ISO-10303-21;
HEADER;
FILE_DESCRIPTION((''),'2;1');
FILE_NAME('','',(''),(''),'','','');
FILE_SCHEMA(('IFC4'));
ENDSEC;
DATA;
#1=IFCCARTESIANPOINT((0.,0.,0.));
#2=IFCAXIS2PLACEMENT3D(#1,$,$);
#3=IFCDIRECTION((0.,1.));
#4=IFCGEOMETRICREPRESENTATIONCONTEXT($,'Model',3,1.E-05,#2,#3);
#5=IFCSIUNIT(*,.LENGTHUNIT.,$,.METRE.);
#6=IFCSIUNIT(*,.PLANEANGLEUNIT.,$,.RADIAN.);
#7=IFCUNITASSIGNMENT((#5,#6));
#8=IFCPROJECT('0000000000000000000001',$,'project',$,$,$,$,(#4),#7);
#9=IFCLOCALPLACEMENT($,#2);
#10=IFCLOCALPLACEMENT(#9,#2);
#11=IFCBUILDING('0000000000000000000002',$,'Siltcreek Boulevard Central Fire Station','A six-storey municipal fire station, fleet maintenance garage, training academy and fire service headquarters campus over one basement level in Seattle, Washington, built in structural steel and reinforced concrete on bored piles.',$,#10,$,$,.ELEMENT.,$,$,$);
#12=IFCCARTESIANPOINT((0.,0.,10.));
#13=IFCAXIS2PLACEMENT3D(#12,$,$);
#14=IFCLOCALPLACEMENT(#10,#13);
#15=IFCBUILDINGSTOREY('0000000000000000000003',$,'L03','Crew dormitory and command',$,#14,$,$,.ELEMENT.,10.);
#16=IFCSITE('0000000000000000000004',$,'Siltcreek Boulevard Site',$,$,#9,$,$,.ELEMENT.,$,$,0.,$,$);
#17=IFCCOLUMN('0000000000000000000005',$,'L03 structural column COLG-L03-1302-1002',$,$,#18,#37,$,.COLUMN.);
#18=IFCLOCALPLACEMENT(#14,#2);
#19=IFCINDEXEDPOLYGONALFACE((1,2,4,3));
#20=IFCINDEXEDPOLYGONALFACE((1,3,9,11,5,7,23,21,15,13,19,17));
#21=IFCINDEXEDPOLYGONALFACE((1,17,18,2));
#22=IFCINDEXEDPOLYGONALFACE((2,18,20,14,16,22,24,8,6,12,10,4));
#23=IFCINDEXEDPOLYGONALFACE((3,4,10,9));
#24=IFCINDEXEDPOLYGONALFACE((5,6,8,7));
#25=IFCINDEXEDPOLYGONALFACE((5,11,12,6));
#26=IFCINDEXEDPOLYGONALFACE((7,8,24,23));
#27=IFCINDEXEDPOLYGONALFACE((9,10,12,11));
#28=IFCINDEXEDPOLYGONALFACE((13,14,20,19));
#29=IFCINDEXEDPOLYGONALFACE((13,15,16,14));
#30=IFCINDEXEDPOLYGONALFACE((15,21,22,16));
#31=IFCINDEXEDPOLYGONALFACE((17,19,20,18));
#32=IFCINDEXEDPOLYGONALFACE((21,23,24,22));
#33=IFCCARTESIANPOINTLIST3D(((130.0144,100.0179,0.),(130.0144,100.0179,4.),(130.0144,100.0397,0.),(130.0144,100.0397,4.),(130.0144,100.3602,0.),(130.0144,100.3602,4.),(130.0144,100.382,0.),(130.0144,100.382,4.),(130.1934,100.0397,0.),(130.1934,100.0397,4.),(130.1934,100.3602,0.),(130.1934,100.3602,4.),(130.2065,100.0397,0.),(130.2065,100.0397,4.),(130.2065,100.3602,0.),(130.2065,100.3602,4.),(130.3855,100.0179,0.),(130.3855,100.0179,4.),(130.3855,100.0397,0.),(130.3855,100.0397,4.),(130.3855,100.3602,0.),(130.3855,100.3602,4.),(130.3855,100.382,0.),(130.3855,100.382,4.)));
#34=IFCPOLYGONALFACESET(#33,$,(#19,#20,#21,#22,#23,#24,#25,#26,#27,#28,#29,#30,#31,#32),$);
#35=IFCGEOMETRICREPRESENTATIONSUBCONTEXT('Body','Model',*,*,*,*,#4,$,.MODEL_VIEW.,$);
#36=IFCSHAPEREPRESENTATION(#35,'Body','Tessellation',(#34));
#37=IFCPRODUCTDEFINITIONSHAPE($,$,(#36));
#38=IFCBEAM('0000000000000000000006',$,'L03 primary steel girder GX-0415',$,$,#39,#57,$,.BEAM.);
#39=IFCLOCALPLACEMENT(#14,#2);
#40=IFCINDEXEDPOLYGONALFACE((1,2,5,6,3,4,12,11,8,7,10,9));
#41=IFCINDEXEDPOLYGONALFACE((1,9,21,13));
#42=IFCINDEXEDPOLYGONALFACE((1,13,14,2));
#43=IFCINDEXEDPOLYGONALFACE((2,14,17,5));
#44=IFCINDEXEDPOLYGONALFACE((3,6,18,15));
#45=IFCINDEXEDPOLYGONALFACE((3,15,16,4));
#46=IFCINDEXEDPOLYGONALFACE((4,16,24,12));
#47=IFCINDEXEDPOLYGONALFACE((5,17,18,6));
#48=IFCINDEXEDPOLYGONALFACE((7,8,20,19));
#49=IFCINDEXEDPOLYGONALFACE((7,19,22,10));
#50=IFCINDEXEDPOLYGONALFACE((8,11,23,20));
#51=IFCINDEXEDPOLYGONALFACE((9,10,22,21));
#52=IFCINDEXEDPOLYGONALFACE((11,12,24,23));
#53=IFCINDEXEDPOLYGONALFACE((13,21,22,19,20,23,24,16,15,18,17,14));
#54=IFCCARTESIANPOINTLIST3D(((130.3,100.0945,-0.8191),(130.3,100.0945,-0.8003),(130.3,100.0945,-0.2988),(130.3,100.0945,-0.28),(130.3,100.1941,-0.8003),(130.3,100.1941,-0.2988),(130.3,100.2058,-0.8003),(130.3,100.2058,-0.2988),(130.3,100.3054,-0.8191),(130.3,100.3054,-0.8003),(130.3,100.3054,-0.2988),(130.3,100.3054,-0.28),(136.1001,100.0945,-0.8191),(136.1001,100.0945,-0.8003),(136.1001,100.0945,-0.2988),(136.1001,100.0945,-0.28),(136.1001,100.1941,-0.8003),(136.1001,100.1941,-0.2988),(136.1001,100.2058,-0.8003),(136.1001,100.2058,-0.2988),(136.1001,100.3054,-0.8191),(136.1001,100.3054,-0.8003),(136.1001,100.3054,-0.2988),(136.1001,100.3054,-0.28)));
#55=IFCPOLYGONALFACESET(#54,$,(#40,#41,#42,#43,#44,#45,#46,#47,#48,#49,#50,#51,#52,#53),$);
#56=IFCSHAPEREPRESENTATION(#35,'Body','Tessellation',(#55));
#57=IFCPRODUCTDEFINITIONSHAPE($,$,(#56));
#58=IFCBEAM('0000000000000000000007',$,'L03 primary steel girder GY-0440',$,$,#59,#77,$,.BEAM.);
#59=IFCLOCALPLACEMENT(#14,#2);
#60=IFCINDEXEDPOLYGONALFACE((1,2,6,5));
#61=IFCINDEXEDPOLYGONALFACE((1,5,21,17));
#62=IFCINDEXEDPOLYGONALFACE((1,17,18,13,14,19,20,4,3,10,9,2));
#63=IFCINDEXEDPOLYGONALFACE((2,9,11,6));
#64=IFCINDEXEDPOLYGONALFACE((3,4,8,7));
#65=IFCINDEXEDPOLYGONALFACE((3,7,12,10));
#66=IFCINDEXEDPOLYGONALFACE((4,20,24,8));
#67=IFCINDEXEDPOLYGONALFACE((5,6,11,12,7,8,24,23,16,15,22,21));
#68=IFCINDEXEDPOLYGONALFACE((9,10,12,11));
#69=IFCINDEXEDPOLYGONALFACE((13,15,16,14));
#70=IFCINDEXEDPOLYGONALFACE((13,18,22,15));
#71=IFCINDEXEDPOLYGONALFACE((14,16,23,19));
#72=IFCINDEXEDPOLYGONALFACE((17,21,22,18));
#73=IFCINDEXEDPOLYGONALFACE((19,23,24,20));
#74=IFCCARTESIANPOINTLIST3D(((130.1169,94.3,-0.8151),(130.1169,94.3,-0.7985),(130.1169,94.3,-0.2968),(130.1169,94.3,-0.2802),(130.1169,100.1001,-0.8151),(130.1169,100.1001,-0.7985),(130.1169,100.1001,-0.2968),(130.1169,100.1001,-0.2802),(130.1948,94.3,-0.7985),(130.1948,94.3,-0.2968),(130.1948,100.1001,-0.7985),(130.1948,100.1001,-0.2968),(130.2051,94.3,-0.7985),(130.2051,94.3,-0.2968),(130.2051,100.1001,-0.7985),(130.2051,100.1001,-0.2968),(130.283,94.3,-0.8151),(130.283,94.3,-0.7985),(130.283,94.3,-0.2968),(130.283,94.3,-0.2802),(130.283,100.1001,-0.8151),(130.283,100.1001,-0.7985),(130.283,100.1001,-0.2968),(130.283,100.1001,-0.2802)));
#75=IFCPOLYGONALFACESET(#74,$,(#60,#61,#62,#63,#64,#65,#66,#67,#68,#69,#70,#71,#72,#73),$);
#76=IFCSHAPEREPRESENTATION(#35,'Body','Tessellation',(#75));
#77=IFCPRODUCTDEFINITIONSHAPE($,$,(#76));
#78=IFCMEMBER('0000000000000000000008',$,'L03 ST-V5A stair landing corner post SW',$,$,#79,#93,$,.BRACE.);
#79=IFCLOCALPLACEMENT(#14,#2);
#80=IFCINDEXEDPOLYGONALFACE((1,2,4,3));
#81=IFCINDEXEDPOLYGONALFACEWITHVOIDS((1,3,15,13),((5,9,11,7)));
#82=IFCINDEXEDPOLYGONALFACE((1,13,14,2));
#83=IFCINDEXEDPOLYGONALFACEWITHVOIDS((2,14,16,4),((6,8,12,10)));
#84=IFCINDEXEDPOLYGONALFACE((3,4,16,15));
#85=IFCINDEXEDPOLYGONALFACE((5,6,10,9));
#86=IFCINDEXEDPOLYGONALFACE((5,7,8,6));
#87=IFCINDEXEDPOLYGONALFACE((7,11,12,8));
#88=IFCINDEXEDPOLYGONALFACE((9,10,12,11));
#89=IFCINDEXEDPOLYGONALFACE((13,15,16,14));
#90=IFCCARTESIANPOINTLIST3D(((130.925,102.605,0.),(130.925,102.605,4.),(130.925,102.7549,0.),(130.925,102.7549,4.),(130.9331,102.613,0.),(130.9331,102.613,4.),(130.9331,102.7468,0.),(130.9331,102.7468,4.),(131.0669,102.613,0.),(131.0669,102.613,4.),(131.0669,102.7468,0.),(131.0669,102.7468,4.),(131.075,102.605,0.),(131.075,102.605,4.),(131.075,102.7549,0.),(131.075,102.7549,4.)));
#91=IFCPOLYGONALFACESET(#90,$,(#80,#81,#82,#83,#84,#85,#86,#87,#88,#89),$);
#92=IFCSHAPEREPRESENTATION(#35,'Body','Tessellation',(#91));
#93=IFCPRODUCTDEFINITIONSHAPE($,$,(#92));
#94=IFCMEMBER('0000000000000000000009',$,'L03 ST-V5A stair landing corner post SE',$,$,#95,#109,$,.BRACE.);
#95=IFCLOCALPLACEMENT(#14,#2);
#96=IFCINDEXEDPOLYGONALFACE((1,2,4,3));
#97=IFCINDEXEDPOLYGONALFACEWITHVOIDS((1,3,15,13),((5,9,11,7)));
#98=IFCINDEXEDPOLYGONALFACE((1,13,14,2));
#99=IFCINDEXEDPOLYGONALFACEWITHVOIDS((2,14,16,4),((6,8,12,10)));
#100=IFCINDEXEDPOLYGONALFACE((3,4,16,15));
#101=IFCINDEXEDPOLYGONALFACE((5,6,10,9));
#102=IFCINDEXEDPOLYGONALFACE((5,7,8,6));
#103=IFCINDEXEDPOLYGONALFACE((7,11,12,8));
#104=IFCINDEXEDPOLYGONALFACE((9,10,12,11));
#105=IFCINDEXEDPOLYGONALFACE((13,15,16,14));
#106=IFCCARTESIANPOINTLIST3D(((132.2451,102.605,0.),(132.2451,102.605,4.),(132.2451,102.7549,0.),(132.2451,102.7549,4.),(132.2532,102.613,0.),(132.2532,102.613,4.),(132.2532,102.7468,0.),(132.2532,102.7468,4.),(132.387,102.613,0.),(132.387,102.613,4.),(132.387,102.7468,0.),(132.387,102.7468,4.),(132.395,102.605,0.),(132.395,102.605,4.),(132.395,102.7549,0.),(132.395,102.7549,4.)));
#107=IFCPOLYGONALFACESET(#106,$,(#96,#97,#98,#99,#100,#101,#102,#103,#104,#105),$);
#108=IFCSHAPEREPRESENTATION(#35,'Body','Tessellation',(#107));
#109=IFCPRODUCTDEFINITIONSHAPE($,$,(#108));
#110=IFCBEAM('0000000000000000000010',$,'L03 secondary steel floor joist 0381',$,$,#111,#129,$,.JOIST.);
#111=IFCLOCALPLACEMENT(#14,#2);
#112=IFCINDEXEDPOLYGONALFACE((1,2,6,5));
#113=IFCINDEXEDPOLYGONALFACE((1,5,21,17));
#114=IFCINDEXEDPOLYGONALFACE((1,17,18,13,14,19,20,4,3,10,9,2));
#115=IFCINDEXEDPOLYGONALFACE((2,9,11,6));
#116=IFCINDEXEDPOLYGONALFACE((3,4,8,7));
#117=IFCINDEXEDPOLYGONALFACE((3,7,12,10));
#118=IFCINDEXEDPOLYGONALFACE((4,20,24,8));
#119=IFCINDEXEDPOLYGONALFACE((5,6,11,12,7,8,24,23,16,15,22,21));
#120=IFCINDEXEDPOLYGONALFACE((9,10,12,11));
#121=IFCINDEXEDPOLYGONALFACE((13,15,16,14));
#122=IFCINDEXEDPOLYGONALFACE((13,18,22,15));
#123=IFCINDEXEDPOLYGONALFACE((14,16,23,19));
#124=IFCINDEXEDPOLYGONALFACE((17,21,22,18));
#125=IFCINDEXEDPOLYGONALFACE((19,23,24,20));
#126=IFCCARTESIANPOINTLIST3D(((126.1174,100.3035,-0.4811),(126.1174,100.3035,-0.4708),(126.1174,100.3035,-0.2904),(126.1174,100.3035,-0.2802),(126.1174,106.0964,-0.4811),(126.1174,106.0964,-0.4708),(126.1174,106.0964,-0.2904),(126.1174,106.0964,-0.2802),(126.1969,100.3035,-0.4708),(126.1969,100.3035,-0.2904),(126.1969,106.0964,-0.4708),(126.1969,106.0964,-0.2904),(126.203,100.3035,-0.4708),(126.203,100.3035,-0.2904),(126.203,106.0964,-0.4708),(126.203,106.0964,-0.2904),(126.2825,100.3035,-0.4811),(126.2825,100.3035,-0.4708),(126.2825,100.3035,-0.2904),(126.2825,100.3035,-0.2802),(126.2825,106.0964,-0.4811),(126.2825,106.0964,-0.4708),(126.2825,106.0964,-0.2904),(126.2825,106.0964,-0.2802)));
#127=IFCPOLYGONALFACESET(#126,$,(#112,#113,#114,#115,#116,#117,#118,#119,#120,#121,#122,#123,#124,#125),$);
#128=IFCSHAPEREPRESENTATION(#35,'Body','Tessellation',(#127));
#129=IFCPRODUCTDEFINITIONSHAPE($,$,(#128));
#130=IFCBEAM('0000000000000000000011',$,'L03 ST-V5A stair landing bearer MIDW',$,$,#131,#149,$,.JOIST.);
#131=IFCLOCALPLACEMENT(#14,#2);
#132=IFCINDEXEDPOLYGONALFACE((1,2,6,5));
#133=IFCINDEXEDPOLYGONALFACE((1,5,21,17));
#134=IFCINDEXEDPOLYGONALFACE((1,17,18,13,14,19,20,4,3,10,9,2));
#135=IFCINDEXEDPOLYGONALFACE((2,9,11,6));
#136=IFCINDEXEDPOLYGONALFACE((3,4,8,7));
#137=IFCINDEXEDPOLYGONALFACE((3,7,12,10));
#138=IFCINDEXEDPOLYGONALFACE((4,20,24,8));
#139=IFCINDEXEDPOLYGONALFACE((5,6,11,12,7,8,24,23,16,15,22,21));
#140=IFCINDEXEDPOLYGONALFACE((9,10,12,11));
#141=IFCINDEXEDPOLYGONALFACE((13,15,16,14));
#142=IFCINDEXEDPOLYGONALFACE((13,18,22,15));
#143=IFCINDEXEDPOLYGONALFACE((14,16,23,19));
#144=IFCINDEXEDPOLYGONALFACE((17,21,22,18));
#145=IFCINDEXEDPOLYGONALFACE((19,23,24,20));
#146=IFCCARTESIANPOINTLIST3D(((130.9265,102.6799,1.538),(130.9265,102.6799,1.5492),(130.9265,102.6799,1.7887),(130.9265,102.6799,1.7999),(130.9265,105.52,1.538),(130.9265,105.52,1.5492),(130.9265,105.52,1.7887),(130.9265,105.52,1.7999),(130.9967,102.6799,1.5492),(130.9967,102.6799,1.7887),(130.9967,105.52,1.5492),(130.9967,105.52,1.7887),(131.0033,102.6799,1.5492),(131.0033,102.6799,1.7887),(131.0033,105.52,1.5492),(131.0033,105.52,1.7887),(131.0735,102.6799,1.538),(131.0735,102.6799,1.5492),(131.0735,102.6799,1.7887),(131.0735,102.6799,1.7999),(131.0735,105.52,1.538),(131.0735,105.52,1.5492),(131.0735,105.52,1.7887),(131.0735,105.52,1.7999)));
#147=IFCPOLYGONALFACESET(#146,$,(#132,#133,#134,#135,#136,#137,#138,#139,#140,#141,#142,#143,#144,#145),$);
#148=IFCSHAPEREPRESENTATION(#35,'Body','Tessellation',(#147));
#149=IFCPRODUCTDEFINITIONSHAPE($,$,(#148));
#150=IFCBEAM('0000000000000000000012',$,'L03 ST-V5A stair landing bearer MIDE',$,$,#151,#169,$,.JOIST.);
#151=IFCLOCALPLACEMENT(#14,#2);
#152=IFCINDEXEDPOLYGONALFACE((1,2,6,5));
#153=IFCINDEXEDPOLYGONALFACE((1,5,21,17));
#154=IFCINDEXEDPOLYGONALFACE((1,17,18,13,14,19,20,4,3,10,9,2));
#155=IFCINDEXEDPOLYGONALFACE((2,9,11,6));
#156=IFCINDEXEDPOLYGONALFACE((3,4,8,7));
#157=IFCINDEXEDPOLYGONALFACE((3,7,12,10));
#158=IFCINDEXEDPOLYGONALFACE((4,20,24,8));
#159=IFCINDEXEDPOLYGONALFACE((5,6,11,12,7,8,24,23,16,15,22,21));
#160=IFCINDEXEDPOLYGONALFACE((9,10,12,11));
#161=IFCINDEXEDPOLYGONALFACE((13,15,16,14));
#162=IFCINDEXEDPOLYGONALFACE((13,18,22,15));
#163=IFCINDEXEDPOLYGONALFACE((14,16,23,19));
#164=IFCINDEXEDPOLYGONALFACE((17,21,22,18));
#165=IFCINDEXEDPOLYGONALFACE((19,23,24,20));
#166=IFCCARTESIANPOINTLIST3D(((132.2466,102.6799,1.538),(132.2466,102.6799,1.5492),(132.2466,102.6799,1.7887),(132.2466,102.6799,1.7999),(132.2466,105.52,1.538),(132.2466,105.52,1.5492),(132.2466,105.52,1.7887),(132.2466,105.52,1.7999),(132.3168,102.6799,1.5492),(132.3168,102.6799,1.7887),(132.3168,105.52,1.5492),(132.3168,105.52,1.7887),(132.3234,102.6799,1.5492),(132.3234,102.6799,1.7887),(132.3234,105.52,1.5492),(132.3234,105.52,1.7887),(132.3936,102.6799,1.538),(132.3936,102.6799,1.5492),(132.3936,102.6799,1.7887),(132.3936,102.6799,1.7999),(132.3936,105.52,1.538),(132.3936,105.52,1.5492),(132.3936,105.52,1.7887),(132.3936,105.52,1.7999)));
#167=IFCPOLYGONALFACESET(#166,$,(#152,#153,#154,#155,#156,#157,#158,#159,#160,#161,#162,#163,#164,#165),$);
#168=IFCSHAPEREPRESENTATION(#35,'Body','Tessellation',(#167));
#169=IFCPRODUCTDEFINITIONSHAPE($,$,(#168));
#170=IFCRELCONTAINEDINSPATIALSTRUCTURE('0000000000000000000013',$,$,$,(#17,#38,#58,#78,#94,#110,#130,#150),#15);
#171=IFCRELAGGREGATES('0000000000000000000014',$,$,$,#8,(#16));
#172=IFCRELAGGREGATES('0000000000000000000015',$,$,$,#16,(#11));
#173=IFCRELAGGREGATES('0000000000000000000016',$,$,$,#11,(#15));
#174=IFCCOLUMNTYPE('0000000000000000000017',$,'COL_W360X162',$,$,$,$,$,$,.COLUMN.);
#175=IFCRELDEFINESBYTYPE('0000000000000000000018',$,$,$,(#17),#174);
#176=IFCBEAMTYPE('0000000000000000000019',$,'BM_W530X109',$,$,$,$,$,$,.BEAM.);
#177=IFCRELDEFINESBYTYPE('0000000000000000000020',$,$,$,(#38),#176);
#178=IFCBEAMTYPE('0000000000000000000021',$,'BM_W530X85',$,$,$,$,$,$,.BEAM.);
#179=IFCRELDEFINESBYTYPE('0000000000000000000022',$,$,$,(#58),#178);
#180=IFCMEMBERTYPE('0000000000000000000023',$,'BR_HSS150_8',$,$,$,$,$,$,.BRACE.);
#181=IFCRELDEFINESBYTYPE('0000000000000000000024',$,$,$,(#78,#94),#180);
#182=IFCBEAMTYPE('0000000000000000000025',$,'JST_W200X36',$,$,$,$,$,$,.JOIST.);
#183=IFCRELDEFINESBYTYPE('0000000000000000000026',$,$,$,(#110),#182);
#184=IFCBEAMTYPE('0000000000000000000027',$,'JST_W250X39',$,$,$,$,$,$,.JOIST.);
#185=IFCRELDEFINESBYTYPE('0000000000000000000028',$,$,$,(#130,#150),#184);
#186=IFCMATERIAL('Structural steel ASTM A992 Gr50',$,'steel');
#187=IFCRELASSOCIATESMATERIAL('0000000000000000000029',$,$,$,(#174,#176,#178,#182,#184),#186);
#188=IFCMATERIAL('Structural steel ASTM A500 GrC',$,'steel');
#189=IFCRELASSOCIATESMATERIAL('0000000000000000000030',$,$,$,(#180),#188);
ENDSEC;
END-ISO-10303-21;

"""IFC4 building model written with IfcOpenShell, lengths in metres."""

from ifc_helpers import new_model, si_unit, direction, frame, origin, origin_2d, place, context, subcontext, project, spatial, hollow_rectangle, i_section, extrude, material, material_profile, profile_set, type_object, element, save


model = new_model("IFC4")

# Units and contexts
model_context = context("Model", 3, precision=1e-05, world=origin(), true_north=direction((0.0, 1.0)))
body_context = subcontext(model_context, "Body", "Model", "MODEL_VIEW")
ifc_project = project(units=[si_unit("LENGTHUNIT", "METRE"), si_unit("PLANEANGLEUNIT", "RADIAN")], contexts=[model_context])

# Site, building, storey
site_placement = place(None, origin())
site = spatial("IfcSite", under=ifc_project, at=site_placement, Name="Siltcreek Boulevard Site", CompositionType="ELEMENT", RefElevation=0.0)
building_placement = place(site_placement, origin())
building = spatial("IfcBuilding", under=site, at=building_placement, Name="Siltcreek Boulevard Central Fire Station", Description="A six-storey municipal fire station, fleet maintenance garage, training academy and fire service headquarters campus over one basement level in Seattle, Washington, built in structural steel and reinforced concrete on bored piles.", CompositionType="ELEMENT")
storey_placement = place(building_placement, frame((0.0, 0.0, 10.0)))
storey = spatial("IfcBuildingStorey", under=building, at=storey_placement, Name="L03", Description="Crew dormitory and command", CompositionType="ELEMENT", Elevation=10.0)

# Column
ifc_material_1 = material(Name="Structural steel ASTM A992 Gr50", Category="steel")
ifc_material_profile_1 = material_profile(ifc_material_1, i_section(OverallWidth=0.3711, OverallDepth=0.364, WebThickness=0.0132, FlangeThickness=0.0217, at=origin_2d()), Name="W360X162")
ifc_profile_set_1 = profile_set([ifc_material_profile_1], Name="Structural steel ASTM A992 Gr50")
column_type = type_object("IfcColumnType", Name="COL_W360X162", PredefinedType="COLUMN", material=ifc_profile_set_1)
column_placement = place(storey_placement, frame((130.2, 100.2, 0.0), z_axis=(0.0, 0.0, 1.0), x_axis=(1.0, 0.0, 0.0)))
element("IfcColumn", 1, at=column_placement, inside=storey, type_object=column_type, Name="L03 structural column COLG-L03-1302-1002", PredefinedType="COLUMN", context=body_context, shape_type="SweptSolid", body=[
    extrude(i_section(OverallWidth=0.3711, OverallDepth=0.364, WebThickness=0.0132, FlangeThickness=0.0217, at=origin_2d()), origin(), (0.0, 0.0, 1.0), 4.0),
])

# Beams
ifc_material_profile_2 = material_profile(ifc_material_1, i_section(OverallWidth=0.2109, OverallDepth=0.5391, WebThickness=0.0117, FlangeThickness=0.0188, at=origin_2d()), Name="W530X109")
ifc_profile_set_2 = profile_set([ifc_material_profile_2], Name="Structural steel ASTM A992 Gr50")
beam_type_1 = type_object("IfcBeamType", Name="BM_W530X109", PredefinedType="BEAM", material=ifc_profile_set_2)
beam_1_placement = place(storey_placement, frame((130.3, 100.2, -0.5496), z_axis=(1.0, 0.0, 0.0), x_axis=(0.0, 1.0, 0.0)))
element("IfcBeam", 2, at=beam_1_placement, inside=storey, type_object=beam_type_1, Name="L03 primary steel girder GX-0415", PredefinedType="BEAM", context=body_context, shape_type="SweptSolid", body=[
    extrude(i_section(OverallWidth=0.2109, OverallDepth=0.5391, WebThickness=0.0117, FlangeThickness=0.0188, at=origin_2d()), origin(), (0.0, 0.0, 1.0), 5.8),
])
ifc_material_profile_3 = material_profile(ifc_material_1, i_section(OverallWidth=0.166, OverallDepth=0.5349, WebThickness=0.0103, FlangeThickness=0.0166, at=origin_2d()), Name="W530X85")
ifc_profile_set_3 = profile_set([ifc_material_profile_3], Name="Structural steel ASTM A992 Gr50")
beam_type_2 = type_object("IfcBeamType", Name="BM_W530X85", PredefinedType="BEAM", material=ifc_profile_set_3)
beam_2_placement = place(storey_placement, frame((130.2, 94.3, -0.5476), z_axis=(0.0, 1.0, 0.0), x_axis=(-1.0, 0.0, 0.0)))
element("IfcBeam", 3, at=beam_2_placement, inside=storey, type_object=beam_type_2, Name="L03 primary steel girder GY-0440", PredefinedType="BEAM", context=body_context, shape_type="SweptSolid", body=[
    extrude(i_section(OverallWidth=0.166, OverallDepth=0.5349, WebThickness=0.0103, FlangeThickness=0.0166, at=origin_2d()), origin(), (0.0, 0.0, 1.0), 5.8),
])

# Members
ifc_material_2 = material(Name="Structural steel ASTM A500 GrC", Category="steel")
ifc_material_profile_4 = material_profile(ifc_material_2, hollow_rectangle(XDim=0.1499, YDim=0.1499, WallThickness=0.0081, at=origin_2d()), Name="HSS150X150X8.0")
ifc_profile_set_4 = profile_set([ifc_material_profile_4], Name="Structural steel ASTM A500 GrC")
member_type = type_object("IfcMemberType", Name="BR_HSS150_8", PredefinedType="BRACE", material=ifc_profile_set_4)
for number, where, z_axis, x_axis, name in (
    (4, (131.0, 102.6799, 0.0), (0.0, 0.0, 1.0), (1.0, 0.0, 0.0), "L03 ST-V5A stair landing corner post SW"),
    (5, (132.3201, 102.6799, 0.0), (0.0, 0.0, 1.0), (1.0, 0.0, 0.0), "L03 ST-V5A stair landing corner post SE"),
):
    element("IfcMember", number, at=place(storey_placement, frame(where, z_axis=z_axis, x_axis=x_axis)), inside=storey, type_object=member_type, Name=name, PredefinedType="BRACE", context=body_context, shape_type="SweptSolid", body=[
        extrude(hollow_rectangle(XDim=0.1499, YDim=0.1499, WallThickness=0.0081, at=origin_2d()), origin(), (0.0, 0.0, 1.0), 4.0),
    ])

# Beams
ifc_material_profile_5 = material_profile(ifc_material_1, i_section(OverallWidth=0.165, OverallDepth=0.2009, WebThickness=0.0061, FlangeThickness=0.0103, at=origin_2d()), Name="W200X36")
ifc_profile_set_5 = profile_set([ifc_material_profile_5], Name="Structural steel ASTM A992 Gr50")
beam_type_3 = type_object("IfcBeamType", Name="JST_W200X36", PredefinedType="JOIST", material=ifc_profile_set_5)
beam_3_placement = place(storey_placement, frame((126.2, 100.3035, -0.3806), z_axis=(0.0, 1.0, 0.0), x_axis=(-1.0, 0.0, 0.0)))
element("IfcBeam", 6, at=beam_3_placement, inside=storey, type_object=beam_type_3, Name="L03 secondary steel floor joist 0381", PredefinedType="JOIST", context=body_context, shape_type="SweptSolid", body=[
    extrude(i_section(OverallWidth=0.165, OverallDepth=0.2009, WebThickness=0.0061, FlangeThickness=0.0103, at=origin_2d()), origin(), (0.0, 0.0, 1.0), 5.793),
])
ifc_material_profile_6 = material_profile(ifc_material_1, i_section(OverallWidth=0.147, OverallDepth=0.262, WebThickness=0.0066, FlangeThickness=0.0112, at=origin_2d()), Name="W250X39")
ifc_profile_set_6 = profile_set([ifc_material_profile_6], Name="Structural steel ASTM A992 Gr50")
beam_type_4 = type_object("IfcBeamType", Name="JST_W250X39", PredefinedType="JOIST", material=ifc_profile_set_6)
for number, where, z_axis, x_axis, name in (
    (7, (131.0, 102.6799, 1.6689), (0.0, 1.0, 0.0), (-1.0, 0.0, 0.0), "L03 ST-V5A stair landing bearer MIDW"),
    (8, (132.3201, 102.6799, 1.6689), (0.0, 1.0, 0.0), (-1.0, 0.0, 0.0), "L03 ST-V5A stair landing bearer MIDE"),
):
    element("IfcBeam", number, at=place(storey_placement, frame(where, z_axis=z_axis, x_axis=x_axis)), inside=storey, type_object=beam_type_4, Name=name, PredefinedType="JOIST", context=body_context, shape_type="SweptSolid", body=[
        extrude(i_section(OverallWidth=0.147, OverallDepth=0.262, WebThickness=0.0066, FlangeThickness=0.0112, at=origin_2d()), origin(), (0.0, 0.0, 1.0), 2.8401),
    ])

save(model, "model.ifc")
